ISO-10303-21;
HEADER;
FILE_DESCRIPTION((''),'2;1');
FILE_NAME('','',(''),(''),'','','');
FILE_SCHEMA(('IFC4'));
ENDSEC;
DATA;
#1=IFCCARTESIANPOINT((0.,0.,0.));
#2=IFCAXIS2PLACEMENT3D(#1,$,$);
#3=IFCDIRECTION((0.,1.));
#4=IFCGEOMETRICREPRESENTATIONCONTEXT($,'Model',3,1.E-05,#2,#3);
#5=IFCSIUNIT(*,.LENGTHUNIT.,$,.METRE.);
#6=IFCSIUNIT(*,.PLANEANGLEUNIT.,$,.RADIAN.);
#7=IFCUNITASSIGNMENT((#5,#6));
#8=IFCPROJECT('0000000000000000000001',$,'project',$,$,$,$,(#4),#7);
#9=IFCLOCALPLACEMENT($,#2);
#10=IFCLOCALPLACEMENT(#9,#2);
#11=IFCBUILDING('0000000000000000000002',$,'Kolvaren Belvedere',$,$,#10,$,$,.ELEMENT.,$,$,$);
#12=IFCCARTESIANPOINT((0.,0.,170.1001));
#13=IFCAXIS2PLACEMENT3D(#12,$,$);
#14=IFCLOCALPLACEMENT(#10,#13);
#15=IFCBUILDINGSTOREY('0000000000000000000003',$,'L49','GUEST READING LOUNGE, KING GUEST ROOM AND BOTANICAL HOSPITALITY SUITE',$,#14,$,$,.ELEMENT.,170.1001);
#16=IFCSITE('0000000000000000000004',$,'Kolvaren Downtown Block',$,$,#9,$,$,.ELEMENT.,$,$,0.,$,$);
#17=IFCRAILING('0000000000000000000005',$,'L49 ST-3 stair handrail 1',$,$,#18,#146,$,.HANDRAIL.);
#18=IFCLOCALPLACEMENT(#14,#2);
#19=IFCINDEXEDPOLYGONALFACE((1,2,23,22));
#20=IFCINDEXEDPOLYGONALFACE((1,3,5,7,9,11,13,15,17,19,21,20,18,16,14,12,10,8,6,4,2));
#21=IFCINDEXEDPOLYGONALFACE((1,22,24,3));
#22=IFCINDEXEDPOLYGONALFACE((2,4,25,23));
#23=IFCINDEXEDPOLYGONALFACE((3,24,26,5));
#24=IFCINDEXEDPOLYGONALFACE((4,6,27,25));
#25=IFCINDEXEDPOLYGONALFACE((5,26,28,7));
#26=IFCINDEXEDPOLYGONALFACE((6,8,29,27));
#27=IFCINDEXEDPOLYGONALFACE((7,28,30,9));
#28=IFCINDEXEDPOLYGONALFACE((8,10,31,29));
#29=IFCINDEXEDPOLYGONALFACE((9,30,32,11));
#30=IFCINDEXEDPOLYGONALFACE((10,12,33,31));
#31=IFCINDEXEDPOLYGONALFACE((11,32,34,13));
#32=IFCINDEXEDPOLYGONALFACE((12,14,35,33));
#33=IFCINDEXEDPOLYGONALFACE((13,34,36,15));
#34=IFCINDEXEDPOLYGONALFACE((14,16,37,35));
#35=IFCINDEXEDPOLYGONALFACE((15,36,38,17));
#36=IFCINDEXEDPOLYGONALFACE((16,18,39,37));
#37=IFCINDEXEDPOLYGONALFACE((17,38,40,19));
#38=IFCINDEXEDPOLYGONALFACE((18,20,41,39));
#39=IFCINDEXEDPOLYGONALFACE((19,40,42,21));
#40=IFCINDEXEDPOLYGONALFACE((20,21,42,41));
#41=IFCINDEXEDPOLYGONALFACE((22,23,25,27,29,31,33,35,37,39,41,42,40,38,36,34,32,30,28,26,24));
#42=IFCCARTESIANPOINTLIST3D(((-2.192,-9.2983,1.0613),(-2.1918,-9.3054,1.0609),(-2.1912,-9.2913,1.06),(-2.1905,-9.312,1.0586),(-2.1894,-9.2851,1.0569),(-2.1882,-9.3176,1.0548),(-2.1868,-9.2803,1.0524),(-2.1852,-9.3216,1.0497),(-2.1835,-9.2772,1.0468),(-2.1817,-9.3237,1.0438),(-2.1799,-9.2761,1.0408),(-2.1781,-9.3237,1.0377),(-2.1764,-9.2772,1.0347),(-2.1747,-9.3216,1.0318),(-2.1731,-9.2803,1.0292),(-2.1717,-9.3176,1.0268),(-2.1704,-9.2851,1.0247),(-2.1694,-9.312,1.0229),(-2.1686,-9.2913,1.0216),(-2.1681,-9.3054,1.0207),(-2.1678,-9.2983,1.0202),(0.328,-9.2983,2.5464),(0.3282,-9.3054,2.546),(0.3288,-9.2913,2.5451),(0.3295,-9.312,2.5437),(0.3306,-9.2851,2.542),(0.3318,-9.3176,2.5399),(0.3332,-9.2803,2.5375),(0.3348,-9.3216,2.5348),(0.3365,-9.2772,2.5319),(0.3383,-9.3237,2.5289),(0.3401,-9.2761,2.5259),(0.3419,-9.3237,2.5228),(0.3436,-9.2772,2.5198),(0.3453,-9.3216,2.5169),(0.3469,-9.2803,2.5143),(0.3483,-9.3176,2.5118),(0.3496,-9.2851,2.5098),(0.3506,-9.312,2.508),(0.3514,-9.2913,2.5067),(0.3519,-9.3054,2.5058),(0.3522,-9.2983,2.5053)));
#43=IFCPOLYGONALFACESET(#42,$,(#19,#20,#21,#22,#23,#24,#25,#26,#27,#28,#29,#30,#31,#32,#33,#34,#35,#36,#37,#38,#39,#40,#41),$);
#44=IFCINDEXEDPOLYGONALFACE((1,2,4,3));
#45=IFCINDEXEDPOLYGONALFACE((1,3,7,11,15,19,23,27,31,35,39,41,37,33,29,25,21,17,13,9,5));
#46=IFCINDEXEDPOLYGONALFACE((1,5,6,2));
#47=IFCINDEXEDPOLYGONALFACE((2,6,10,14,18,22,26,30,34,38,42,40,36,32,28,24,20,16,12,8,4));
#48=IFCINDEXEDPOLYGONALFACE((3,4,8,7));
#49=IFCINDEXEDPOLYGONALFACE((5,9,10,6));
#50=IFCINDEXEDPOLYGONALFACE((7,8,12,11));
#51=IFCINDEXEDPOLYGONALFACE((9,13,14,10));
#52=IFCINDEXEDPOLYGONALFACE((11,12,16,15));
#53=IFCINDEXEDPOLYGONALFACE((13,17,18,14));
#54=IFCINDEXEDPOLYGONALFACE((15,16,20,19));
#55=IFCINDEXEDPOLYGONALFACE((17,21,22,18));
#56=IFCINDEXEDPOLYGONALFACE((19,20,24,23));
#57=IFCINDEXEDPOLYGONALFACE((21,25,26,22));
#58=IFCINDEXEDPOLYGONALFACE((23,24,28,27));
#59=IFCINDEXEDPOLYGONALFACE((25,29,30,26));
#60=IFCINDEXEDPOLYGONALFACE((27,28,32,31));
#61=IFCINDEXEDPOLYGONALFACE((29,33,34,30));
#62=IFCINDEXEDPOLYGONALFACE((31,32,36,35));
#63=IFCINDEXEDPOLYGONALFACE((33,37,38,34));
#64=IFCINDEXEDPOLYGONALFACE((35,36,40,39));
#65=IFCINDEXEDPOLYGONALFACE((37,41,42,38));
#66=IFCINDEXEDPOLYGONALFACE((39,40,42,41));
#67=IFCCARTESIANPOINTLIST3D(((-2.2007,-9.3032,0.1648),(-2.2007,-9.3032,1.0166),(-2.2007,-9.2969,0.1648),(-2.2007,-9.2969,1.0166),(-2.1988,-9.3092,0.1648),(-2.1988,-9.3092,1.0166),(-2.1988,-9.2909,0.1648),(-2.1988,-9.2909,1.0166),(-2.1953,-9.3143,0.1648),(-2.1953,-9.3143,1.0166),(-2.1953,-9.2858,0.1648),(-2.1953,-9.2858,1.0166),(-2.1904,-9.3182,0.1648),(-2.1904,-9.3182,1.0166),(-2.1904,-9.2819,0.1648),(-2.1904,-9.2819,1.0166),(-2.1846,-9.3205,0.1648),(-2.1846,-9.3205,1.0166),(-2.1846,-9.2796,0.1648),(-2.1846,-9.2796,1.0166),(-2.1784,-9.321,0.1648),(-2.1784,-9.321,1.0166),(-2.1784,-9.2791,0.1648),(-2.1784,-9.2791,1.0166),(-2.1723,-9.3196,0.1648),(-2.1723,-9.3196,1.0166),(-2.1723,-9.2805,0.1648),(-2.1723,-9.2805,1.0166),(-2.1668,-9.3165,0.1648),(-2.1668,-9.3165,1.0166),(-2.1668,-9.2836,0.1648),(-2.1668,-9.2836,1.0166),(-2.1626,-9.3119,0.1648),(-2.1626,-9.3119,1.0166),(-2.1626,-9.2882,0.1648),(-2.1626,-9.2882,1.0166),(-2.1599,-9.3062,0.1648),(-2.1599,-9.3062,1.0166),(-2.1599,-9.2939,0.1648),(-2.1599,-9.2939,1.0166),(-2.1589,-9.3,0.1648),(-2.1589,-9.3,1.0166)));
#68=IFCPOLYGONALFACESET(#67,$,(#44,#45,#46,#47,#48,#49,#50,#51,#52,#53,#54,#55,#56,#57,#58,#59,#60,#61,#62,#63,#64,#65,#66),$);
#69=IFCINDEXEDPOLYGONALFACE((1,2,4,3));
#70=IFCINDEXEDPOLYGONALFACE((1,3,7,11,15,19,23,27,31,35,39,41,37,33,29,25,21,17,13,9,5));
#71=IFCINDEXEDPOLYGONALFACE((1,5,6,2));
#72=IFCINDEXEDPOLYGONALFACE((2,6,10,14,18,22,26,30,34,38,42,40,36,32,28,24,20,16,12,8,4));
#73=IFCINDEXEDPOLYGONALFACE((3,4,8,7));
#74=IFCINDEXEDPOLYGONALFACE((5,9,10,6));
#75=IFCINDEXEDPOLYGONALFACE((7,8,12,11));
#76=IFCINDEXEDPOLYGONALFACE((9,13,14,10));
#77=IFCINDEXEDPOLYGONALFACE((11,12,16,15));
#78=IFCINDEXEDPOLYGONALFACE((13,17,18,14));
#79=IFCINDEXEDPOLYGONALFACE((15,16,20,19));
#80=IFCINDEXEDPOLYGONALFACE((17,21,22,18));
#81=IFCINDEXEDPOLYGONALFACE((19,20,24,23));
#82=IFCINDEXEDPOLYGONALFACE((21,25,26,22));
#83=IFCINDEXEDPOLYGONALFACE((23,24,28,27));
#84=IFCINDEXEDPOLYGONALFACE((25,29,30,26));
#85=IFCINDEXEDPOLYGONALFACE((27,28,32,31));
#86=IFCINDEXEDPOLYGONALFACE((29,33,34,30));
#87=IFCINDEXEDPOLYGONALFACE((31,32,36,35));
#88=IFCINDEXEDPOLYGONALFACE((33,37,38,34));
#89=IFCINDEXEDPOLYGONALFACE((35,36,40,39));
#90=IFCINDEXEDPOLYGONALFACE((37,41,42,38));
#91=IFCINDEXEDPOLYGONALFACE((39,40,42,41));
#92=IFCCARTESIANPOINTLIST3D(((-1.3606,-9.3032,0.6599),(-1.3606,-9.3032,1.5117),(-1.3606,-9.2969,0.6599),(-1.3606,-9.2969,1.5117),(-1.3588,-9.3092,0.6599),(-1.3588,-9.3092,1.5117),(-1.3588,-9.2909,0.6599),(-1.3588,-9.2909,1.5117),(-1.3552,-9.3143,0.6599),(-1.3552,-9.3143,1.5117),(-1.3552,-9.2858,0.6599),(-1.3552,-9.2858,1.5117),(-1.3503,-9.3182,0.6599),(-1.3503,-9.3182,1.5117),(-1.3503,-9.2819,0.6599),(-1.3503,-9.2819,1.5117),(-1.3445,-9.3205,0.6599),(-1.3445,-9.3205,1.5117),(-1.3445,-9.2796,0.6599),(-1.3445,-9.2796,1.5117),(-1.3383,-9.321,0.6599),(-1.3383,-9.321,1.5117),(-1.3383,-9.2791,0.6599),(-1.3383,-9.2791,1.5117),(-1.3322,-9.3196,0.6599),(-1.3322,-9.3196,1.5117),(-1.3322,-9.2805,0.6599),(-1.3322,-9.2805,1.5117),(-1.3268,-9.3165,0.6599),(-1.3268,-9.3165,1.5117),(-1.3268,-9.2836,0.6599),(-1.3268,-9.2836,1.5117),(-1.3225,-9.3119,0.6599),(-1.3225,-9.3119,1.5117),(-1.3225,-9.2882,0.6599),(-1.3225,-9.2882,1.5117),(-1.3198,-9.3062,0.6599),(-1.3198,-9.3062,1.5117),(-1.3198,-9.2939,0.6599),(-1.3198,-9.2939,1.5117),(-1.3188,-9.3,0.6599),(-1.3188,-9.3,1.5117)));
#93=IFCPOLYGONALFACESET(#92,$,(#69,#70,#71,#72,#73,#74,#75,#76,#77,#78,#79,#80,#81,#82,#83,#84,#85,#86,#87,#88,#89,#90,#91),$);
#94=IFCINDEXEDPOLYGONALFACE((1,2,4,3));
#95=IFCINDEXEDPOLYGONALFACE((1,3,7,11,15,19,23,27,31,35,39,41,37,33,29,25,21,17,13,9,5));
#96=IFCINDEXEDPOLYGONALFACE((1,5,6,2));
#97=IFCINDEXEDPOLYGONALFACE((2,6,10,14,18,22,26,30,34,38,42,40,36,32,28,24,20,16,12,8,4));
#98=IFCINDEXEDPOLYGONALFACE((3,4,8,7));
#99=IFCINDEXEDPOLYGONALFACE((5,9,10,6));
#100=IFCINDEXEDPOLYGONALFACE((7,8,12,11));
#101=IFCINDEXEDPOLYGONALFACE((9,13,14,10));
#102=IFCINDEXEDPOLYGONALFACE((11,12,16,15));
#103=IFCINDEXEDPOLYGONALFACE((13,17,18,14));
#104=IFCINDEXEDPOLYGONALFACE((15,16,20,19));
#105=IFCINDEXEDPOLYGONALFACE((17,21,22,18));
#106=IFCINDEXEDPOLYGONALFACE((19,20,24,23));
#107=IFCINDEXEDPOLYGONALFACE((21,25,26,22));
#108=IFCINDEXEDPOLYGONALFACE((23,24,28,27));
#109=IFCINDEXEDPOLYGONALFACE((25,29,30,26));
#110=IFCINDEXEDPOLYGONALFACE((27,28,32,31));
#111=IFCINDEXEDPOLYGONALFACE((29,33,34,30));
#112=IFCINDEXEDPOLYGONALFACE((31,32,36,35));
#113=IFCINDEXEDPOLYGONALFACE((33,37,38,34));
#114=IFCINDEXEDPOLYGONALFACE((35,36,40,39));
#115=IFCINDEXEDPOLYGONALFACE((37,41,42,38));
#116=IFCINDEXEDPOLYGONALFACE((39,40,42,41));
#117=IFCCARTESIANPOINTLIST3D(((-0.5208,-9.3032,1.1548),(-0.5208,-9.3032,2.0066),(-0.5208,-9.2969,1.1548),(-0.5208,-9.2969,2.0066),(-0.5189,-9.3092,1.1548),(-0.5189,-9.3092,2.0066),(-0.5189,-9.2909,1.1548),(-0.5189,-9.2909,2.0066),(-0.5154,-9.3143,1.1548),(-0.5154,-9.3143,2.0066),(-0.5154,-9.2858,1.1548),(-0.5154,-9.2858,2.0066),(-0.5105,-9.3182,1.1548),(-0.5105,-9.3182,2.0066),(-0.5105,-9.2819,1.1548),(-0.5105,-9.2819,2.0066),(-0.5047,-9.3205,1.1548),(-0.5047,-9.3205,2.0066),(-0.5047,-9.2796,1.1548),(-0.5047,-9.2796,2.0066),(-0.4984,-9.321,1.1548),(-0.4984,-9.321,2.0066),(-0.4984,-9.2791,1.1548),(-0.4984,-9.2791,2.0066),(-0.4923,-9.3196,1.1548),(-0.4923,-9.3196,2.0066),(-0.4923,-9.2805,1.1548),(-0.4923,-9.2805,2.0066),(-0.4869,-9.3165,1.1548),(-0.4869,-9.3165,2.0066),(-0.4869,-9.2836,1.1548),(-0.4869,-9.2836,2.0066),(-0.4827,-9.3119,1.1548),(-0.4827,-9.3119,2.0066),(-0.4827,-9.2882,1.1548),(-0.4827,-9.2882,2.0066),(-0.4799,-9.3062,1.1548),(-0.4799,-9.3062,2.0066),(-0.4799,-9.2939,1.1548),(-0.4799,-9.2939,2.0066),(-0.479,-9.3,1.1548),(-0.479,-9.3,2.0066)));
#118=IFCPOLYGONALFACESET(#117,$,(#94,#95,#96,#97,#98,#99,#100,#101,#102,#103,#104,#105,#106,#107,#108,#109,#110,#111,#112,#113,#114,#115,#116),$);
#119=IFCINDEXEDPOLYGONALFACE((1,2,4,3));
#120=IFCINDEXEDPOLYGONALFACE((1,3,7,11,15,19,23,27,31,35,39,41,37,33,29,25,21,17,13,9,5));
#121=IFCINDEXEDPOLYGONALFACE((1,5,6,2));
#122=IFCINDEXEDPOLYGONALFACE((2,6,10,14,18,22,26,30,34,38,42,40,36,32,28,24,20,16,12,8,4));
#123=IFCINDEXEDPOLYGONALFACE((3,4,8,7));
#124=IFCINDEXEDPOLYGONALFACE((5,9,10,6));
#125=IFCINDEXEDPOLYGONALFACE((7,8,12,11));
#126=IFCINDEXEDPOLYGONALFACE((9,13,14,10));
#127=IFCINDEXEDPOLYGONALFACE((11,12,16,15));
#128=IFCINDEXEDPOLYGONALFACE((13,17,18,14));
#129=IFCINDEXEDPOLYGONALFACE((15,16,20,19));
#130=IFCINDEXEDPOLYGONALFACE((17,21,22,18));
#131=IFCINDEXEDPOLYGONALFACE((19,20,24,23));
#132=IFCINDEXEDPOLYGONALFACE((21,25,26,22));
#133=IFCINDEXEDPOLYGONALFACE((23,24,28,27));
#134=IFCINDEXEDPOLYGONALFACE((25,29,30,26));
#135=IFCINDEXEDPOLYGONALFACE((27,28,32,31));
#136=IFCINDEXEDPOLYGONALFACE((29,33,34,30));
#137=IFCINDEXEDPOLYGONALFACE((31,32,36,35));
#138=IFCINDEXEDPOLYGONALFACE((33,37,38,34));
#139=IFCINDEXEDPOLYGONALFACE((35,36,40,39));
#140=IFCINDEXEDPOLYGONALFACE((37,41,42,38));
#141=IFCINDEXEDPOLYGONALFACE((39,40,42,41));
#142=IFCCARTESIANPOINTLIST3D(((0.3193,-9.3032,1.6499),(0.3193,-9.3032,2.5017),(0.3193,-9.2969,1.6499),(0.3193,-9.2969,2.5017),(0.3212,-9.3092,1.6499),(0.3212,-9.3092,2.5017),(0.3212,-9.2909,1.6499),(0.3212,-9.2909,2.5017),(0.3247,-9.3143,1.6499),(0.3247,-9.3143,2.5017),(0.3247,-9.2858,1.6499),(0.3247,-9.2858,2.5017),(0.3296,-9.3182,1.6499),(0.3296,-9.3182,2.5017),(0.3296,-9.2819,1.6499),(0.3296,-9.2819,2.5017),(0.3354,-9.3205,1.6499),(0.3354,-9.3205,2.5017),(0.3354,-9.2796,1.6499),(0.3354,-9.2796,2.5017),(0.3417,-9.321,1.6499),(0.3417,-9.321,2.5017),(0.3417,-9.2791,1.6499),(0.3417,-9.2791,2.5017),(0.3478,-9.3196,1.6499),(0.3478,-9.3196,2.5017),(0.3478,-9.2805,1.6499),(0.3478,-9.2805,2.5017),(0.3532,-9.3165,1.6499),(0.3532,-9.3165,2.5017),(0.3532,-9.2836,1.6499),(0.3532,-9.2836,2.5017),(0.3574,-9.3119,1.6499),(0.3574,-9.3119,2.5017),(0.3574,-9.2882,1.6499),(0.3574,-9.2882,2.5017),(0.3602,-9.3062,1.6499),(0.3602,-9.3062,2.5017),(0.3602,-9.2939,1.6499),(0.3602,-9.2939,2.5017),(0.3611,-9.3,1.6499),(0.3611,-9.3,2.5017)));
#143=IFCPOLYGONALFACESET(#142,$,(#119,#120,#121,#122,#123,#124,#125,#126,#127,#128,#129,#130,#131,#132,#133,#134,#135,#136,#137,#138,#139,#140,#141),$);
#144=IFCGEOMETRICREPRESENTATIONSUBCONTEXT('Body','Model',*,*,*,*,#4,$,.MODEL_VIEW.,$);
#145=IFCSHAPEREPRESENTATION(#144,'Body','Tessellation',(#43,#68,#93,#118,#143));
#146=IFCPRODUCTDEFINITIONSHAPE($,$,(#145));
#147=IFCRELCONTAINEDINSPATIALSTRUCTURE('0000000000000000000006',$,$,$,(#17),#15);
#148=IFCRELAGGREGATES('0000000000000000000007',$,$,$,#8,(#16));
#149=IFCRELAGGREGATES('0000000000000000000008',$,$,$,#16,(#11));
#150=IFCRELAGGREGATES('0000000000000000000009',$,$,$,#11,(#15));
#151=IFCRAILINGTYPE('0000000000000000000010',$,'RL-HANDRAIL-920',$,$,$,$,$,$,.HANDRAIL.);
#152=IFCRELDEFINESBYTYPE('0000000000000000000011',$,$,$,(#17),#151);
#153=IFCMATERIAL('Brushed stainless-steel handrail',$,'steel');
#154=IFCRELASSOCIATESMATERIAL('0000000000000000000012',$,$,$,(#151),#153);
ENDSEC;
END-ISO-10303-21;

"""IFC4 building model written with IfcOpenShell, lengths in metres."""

from ifc_helpers import new_model, si_unit, direction, frame, origin, origin_2d, place, context, subcontext, project, spatial, circle, extrude, material, type_object, element, save


model = new_model("IFC4")

# Units and contexts
model_context = context("Model", 3, precision=1e-05, world=origin(), true_north=direction((0.0, 1.0)))
body_context = subcontext(model_context, "Body", "Model", "MODEL_VIEW")
ifc_project = project(units=[si_unit("LENGTHUNIT", "METRE"), si_unit("PLANEANGLEUNIT", "RADIAN")], contexts=[model_context])

# Site, building, storey
site_placement = place(None, origin())
site = spatial("IfcSite", under=ifc_project, at=site_placement, Name="Kolvaren Downtown Block", CompositionType="ELEMENT", RefElevation=0.0)
building_placement = place(site_placement, origin())
building = spatial("IfcBuilding", under=site, at=building_placement, Name="Kolvaren Belvedere", CompositionType="ELEMENT")
storey_placement = place(building_placement, frame((0.0, 0.0, 170.1001)))
storey = spatial("IfcBuildingStorey", under=building, at=storey_placement, Name="L49", Description="GUEST READING LOUNGE, KING GUEST ROOM AND BOTANICAL HOSPITALITY SUITE", CompositionType="ELEMENT", Elevation=170.1001)

# Railing
ifc_material_1 = material(Name="Brushed stainless-steel handrail", Category="steel")
railing_type_1 = type_object("IfcRailingType", Name="RL-HANDRAIL-920", PredefinedType="HANDRAIL", material=ifc_material_1)
railing_1_placement = place(storey_placement, frame((-2.1799, -9.3, 0.1648)))
element("IfcRailing", 1, at=railing_1_placement, inside=storey, type_object=railing_type_1, Name="L49 ST-3 stair handrail 1", PredefinedType="HANDRAIL", context=body_context, shape_type="SweptSolid", body=[
    extrude(circle(Radius=0.0239, at=origin_2d()), frame((0.0, 0.0, 0.876), z_axis=(0.861524, 0.0, 0.507717), x_axis=(0.0, 1.0, 0.0)), (0.0, 0.0, 1.0), 2.925),
    extrude(circle(Radius=0.021, at=origin_2d()), origin(), (0.0, 0.0, 1.0), 0.8518),
    extrude(circle(Radius=0.021, at=origin_2d()), frame((0.8401, 0.0, 0.4951)), (0.0, 0.0, 1.0), 0.8518),
    extrude(circle(Radius=0.021, at=origin_2d()), frame((1.6799, 0.0, 0.99)), (0.0, 0.0, 1.0), 0.8518),
    extrude(circle(Radius=0.021, at=origin_2d()), frame((2.52, 0.0, 1.4851)), (0.0, 0.0, 1.0), 0.8518),
])

save(model, "model.ifc")
